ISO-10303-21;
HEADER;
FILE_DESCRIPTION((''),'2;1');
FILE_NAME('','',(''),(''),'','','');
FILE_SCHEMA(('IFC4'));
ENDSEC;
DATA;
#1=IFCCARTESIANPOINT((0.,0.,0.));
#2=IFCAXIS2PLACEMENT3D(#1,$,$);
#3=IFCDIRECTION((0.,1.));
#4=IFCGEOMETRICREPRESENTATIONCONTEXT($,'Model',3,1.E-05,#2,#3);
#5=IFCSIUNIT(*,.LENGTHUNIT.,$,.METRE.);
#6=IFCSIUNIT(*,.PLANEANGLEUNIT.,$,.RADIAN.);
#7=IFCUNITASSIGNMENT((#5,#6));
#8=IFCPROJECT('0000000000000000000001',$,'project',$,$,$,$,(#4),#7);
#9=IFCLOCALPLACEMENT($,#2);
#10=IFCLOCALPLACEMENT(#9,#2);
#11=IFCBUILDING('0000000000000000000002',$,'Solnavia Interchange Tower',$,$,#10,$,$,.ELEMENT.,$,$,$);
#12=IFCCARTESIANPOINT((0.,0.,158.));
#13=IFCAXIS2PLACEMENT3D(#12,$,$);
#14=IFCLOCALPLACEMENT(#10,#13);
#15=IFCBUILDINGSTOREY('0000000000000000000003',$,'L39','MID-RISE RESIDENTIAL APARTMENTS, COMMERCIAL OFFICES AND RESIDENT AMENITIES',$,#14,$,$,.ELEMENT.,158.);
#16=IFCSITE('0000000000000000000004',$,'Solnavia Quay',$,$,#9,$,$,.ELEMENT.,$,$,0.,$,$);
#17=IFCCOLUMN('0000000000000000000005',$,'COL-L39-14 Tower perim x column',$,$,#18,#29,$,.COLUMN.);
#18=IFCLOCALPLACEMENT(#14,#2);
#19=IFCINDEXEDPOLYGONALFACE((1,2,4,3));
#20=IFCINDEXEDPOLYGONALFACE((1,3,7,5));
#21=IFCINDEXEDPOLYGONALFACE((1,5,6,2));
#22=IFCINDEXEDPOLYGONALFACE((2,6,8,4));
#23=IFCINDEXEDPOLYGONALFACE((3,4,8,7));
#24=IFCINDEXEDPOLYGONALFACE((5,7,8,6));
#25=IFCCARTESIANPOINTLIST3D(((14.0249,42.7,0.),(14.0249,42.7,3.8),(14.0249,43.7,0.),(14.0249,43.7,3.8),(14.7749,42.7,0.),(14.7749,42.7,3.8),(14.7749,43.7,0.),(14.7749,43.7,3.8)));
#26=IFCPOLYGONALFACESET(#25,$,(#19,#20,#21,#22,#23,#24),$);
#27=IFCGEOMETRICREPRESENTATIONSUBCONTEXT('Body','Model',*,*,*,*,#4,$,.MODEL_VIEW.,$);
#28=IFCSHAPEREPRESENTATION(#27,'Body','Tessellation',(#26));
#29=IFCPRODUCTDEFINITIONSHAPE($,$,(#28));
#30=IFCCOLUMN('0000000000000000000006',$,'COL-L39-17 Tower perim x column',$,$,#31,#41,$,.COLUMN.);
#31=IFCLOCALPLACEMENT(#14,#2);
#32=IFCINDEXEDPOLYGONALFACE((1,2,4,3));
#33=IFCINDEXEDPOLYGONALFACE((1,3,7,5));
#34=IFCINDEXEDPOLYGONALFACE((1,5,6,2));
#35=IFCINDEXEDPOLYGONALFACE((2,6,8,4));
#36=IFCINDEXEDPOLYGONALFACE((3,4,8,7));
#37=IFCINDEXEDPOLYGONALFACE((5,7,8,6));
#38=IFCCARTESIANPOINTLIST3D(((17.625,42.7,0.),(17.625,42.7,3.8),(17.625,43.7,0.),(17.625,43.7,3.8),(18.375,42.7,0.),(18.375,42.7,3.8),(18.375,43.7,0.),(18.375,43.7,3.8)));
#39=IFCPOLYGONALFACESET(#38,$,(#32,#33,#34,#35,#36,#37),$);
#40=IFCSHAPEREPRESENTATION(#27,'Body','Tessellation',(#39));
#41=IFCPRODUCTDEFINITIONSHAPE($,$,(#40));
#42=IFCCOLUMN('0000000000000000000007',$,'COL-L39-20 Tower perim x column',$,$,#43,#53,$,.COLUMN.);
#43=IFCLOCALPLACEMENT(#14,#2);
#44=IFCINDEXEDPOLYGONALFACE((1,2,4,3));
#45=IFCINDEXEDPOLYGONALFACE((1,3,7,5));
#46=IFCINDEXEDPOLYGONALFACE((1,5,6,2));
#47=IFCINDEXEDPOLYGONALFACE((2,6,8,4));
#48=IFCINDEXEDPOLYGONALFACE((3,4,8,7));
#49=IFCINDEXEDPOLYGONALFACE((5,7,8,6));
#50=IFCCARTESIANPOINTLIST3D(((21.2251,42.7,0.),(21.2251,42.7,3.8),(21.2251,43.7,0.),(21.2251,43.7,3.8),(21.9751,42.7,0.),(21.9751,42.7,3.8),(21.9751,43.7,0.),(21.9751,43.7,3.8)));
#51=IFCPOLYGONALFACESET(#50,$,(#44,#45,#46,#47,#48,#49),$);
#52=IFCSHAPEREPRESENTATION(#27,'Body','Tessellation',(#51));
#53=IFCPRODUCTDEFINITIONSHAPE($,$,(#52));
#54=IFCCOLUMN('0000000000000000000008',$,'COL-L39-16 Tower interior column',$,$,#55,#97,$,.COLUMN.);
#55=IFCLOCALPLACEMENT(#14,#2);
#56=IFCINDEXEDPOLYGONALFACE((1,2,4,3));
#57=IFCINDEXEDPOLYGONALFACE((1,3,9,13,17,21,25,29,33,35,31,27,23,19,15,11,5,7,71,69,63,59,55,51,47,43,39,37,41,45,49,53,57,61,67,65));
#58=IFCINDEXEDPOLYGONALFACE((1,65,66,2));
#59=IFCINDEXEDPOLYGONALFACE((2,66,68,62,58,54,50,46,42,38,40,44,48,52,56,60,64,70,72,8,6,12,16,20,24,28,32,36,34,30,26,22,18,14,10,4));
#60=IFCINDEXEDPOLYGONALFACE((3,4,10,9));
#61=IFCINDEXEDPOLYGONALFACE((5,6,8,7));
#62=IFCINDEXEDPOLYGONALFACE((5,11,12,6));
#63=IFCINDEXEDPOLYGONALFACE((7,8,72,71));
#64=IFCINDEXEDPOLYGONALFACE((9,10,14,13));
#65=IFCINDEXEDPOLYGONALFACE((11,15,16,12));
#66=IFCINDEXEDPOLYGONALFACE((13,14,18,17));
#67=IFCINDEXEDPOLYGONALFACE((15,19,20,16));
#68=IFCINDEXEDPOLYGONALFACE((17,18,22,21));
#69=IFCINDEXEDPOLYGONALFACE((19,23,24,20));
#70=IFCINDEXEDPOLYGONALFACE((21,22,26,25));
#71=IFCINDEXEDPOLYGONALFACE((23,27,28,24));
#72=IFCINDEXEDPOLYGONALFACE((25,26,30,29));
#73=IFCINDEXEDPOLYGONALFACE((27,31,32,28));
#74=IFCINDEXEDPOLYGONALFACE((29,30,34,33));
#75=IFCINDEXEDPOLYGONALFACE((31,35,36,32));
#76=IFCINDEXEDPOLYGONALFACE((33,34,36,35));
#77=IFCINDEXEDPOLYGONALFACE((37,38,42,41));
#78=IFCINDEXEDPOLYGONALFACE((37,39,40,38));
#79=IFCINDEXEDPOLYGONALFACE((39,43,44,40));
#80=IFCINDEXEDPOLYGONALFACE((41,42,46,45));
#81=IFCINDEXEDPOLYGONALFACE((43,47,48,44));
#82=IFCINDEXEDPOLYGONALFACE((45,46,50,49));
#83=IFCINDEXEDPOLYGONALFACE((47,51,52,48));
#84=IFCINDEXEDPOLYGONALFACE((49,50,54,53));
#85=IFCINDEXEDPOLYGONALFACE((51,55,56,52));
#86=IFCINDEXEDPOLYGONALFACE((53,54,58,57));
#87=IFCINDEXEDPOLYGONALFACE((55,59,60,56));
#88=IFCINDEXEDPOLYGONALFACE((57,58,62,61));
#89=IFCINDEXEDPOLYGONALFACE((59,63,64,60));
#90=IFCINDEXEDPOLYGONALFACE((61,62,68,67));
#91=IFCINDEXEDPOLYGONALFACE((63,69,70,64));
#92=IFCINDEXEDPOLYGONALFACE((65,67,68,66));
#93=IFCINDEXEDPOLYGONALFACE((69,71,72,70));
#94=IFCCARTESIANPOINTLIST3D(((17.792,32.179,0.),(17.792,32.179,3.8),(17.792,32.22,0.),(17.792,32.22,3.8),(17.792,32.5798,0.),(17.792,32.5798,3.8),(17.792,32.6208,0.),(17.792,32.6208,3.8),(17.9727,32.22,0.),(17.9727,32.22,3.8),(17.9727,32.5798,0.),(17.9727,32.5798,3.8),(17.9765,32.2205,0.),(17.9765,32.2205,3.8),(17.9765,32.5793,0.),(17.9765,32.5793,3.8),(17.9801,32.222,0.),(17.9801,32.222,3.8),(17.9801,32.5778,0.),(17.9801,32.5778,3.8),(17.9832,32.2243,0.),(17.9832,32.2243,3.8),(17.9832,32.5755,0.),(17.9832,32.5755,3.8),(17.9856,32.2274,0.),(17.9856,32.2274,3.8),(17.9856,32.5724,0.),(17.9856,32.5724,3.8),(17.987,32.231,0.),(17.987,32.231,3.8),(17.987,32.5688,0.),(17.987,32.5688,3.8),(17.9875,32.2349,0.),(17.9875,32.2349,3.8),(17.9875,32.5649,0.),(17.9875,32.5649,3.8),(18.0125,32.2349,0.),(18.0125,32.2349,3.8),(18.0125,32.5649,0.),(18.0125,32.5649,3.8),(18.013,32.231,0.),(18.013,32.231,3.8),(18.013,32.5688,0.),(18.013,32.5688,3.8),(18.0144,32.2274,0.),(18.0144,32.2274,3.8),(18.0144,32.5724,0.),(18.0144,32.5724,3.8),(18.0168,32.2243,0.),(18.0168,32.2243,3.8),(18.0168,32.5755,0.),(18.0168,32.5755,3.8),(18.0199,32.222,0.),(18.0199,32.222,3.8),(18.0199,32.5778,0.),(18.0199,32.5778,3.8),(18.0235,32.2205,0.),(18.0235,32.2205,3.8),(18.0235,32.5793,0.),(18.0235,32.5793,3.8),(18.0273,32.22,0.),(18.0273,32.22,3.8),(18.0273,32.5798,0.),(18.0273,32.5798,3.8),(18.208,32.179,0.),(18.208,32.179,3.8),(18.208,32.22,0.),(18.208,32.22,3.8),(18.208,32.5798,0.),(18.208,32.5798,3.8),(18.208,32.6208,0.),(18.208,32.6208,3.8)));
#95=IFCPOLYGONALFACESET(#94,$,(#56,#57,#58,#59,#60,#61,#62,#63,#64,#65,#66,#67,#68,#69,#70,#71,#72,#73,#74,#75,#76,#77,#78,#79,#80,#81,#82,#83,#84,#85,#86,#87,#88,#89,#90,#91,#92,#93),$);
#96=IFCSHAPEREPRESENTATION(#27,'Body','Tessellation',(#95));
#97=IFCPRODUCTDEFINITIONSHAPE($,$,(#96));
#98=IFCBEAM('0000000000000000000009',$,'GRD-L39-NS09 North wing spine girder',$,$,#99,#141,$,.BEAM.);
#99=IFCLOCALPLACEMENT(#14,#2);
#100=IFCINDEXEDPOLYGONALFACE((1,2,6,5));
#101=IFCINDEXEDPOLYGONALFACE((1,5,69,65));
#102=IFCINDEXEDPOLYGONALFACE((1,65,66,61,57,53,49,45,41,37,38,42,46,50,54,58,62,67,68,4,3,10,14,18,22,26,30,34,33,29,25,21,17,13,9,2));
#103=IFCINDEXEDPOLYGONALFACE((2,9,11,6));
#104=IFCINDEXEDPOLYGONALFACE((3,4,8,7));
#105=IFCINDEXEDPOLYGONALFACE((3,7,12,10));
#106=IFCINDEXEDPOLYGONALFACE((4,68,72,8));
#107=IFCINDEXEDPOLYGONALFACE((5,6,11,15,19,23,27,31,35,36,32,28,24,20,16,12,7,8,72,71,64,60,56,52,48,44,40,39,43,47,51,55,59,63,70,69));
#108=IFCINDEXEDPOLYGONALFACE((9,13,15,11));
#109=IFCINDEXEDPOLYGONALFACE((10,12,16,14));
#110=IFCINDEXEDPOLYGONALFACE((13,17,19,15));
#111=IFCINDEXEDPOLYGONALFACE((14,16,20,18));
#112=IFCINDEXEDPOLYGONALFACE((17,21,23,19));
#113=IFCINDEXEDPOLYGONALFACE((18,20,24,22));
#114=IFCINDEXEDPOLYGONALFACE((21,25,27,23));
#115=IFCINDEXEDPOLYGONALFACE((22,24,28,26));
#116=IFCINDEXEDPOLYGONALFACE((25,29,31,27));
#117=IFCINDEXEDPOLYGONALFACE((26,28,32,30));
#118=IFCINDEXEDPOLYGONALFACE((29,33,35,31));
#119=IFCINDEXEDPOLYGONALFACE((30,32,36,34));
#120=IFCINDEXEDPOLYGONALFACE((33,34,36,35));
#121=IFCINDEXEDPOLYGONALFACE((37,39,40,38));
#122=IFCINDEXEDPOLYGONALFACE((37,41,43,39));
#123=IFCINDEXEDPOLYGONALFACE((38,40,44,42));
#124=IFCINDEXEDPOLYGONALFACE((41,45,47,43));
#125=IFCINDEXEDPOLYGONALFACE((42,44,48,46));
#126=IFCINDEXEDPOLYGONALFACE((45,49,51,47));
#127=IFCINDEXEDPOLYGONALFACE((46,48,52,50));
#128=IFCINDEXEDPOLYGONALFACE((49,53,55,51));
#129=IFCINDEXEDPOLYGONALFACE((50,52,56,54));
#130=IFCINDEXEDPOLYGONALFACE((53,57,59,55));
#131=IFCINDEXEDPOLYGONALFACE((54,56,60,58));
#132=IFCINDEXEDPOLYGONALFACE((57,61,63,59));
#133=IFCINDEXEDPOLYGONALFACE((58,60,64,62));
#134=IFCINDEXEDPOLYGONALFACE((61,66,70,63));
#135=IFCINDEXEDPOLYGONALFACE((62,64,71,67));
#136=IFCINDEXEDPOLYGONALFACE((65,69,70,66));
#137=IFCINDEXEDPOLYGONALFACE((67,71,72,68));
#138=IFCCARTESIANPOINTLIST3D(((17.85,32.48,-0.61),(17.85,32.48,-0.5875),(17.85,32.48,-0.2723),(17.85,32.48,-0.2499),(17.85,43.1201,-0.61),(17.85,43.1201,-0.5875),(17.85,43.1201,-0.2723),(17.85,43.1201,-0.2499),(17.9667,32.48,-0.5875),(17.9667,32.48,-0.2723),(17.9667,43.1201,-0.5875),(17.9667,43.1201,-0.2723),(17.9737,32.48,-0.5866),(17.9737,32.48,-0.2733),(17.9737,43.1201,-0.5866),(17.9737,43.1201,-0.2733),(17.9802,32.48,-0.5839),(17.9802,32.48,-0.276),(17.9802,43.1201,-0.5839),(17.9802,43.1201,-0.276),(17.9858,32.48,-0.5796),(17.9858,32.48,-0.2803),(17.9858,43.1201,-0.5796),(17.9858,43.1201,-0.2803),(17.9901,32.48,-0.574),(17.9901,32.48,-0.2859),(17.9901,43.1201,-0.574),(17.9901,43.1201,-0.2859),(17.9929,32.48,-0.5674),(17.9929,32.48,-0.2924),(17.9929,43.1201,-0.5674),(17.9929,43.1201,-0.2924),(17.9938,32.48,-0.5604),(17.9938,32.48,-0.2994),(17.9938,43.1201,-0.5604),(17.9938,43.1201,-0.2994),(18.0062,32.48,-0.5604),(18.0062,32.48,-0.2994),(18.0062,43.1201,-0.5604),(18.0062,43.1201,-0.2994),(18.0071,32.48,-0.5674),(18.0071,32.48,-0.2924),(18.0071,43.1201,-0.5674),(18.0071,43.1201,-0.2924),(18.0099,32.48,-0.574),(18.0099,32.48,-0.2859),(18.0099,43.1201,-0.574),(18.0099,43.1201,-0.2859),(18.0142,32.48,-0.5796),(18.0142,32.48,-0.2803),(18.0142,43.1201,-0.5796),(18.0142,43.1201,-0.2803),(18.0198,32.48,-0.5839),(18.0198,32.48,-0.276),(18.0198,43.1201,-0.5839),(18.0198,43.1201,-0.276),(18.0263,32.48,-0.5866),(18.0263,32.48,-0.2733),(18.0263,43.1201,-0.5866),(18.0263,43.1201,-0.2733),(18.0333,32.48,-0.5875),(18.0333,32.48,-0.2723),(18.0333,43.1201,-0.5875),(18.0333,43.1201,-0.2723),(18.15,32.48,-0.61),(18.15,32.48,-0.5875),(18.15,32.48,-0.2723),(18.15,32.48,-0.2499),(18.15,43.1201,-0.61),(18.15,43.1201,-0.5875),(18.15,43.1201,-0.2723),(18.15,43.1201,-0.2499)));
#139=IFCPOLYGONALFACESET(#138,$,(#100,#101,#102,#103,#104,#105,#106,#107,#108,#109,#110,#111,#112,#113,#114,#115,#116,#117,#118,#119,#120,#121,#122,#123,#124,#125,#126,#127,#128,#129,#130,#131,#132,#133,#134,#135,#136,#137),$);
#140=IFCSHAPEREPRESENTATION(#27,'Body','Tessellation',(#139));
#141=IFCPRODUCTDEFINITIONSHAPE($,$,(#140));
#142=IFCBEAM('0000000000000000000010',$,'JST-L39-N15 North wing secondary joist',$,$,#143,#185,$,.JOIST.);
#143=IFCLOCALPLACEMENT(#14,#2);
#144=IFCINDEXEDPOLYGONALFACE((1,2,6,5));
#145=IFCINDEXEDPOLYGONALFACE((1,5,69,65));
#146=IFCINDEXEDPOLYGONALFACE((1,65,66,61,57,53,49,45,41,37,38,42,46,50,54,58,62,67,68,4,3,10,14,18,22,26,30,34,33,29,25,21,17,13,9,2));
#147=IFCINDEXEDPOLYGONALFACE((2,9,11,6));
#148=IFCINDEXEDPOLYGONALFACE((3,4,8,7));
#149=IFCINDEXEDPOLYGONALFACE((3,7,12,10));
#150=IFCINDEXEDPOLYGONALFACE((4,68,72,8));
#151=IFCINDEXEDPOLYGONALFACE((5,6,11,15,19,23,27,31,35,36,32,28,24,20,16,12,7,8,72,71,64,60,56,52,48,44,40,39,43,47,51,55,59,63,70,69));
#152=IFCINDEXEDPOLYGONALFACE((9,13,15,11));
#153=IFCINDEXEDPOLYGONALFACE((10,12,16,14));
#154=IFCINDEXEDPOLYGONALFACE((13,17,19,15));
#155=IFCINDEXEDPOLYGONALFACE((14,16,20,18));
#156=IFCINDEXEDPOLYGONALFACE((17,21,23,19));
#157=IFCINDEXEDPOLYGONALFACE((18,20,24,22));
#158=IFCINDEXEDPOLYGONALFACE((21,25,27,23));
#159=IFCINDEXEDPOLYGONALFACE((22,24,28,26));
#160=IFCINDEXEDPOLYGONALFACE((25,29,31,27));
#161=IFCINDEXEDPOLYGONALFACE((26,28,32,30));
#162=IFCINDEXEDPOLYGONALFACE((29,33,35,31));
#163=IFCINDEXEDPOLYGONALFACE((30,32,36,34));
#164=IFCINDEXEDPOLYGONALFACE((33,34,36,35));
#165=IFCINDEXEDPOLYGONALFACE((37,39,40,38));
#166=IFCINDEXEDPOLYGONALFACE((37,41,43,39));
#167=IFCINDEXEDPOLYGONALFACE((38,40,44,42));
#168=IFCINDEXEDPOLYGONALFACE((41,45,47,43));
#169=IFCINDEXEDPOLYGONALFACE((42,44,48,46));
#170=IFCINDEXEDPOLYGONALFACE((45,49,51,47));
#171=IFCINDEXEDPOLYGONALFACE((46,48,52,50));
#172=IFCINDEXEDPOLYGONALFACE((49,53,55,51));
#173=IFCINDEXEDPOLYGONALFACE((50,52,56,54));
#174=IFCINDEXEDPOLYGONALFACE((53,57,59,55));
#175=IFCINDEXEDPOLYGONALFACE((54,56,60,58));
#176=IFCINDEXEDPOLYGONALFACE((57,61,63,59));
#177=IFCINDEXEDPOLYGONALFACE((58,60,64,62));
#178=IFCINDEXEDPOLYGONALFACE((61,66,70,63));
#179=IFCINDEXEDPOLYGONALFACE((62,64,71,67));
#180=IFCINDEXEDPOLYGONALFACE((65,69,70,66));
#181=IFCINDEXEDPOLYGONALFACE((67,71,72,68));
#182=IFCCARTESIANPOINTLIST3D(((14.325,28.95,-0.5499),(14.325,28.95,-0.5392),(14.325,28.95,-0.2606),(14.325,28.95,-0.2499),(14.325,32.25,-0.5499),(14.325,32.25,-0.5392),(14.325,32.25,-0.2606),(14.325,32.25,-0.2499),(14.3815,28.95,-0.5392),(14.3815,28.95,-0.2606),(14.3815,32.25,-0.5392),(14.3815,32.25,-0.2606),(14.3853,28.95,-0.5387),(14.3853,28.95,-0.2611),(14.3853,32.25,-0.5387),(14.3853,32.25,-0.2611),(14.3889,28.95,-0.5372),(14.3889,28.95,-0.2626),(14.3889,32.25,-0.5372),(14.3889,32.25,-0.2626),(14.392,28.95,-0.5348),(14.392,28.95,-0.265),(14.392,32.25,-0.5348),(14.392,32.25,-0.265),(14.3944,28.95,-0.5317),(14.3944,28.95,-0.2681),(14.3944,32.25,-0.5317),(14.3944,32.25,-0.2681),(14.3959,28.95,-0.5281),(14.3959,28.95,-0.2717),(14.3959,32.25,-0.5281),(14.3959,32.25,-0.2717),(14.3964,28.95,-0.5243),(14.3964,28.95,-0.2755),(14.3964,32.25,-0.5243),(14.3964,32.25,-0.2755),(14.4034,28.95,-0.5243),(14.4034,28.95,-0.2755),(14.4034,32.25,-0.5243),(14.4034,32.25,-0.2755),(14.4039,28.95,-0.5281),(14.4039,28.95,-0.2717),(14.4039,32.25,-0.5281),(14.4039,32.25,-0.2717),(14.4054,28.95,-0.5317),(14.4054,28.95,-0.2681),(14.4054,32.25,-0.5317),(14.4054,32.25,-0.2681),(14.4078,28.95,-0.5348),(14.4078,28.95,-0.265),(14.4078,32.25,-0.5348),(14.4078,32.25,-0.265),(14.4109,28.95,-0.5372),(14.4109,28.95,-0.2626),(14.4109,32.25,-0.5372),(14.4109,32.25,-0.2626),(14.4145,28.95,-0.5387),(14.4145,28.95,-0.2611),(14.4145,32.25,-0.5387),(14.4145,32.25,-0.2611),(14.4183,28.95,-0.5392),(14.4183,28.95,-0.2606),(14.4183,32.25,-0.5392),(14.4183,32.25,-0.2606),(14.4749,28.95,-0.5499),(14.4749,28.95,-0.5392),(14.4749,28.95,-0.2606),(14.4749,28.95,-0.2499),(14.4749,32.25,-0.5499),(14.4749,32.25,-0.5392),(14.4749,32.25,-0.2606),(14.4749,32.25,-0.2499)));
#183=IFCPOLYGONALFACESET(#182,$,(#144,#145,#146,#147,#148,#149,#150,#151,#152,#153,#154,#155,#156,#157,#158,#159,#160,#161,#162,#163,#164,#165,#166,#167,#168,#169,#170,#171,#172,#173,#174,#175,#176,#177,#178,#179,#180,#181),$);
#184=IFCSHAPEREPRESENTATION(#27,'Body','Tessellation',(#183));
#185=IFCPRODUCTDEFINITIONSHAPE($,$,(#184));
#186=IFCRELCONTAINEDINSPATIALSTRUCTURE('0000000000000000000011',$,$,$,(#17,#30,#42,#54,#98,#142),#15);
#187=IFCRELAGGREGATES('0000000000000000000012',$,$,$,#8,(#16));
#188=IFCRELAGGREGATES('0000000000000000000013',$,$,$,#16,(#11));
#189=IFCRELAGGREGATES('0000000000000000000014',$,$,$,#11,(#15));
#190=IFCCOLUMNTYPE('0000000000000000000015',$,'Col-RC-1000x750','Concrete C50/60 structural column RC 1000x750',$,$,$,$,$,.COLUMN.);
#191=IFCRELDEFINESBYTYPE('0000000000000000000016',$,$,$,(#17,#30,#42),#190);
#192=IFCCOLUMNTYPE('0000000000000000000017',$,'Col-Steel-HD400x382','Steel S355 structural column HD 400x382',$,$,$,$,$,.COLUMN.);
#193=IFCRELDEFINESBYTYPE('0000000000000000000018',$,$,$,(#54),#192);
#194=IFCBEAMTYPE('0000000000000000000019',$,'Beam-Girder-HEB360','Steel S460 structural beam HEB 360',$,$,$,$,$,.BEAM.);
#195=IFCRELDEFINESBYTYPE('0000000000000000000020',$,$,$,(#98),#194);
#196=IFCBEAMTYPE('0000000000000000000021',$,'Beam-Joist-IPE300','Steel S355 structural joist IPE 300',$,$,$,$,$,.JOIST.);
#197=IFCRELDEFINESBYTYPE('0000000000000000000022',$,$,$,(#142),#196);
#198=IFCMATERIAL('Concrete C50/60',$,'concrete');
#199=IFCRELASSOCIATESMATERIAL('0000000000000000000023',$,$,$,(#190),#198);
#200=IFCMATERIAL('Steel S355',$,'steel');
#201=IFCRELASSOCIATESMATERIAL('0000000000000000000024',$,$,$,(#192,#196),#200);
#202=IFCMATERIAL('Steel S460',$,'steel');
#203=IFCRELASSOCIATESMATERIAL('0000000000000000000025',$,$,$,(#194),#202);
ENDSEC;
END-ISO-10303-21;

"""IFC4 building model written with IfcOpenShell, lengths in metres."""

from ifc_helpers import new_model, si_unit, direction, frame, origin, origin_2d, place, context, subcontext, project, spatial, rectangle, i_section, extrude, material, material_profile, profile_set, type_object, element, save


model = new_model("IFC4")

# Units and contexts
model_context = context("Model", 3, precision=1e-05, world=origin(), true_north=direction((0.0, 1.0)))
body_context = subcontext(model_context, "Body", "Model", "MODEL_VIEW")
ifc_project = project(units=[si_unit("LENGTHUNIT", "METRE"), si_unit("PLANEANGLEUNIT", "RADIAN")], contexts=[model_context])

# Site, building, storey
site_placement = place(None, origin())
site = spatial("IfcSite", under=ifc_project, at=site_placement, Name="Solnavia Quay", CompositionType="ELEMENT", RefElevation=0.0)
building_placement = place(site_placement, origin())
building = spatial("IfcBuilding", under=site, at=building_placement, Name="Solnavia Interchange Tower", CompositionType="ELEMENT")
storey_placement = place(building_placement, frame((0.0, 0.0, 158.0)))
storey = spatial("IfcBuildingStorey", under=building, at=storey_placement, Name="L39", Description="MID-RISE RESIDENTIAL APARTMENTS, COMMERCIAL OFFICES AND RESIDENT AMENITIES", CompositionType="ELEMENT", Elevation=158.0)

# Columns
ifc_material_1 = material(Name="Concrete C50/60", Category="concrete")
ifc_material_profile_1 = material_profile(ifc_material_1, rectangle(XDim=0.75, YDim=1.0, at=origin_2d()), Name="RC 1000x750")
ifc_profile_set_1 = profile_set([ifc_material_profile_1], Name="Concrete C50/60")
column_type_1 = type_object("IfcColumnType", Name="Col-RC-1000x750", Description="Concrete C50/60 structural column RC 1000x750", PredefinedType="COLUMN", material=ifc_profile_set_1)
for number, where, z_axis, x_axis, name in (
    (1, (14.3999, 43.2, 0.0), (0.0, 0.0, 1.0), (1.0, 0.0, 0.0), "COL-L39-14 Tower perim x column"),
    (2, (18.0, 43.2, 0.0), (0.0, 0.0, 1.0), (1.0, 0.0, 0.0), "COL-L39-17 Tower perim x column"),
    (3, (21.6001, 43.2, 0.0), (0.0, 0.0, 1.0), (1.0, 0.0, 0.0), "COL-L39-20 Tower perim x column"),
):
    element("IfcColumn", number, at=place(storey_placement, frame(where, z_axis=z_axis, x_axis=x_axis)), inside=storey, type_object=column_type_1, Name=name, PredefinedType="COLUMN", context=body_context, shape_type="SweptSolid", body=[
        extrude(rectangle(XDim=0.75, YDim=1.0, at=origin_2d()), origin(), (0.0, 0.0, 1.0), 3.8),
    ])
ifc_material_2 = material(Name="Steel S355", Category="steel")
ifc_material_profile_2 = material_profile(ifc_material_2, i_section(OverallWidth=0.416, OverallDepth=0.4419, WebThickness=0.0249, FlangeThickness=0.041, FilletRadius=0.0149, at=origin_2d()), Name="HD 400x382")
ifc_profile_set_2 = profile_set([ifc_material_profile_2], Name="Steel S355")
column_type_2 = type_object("IfcColumnType", Name="Col-Steel-HD400x382", Description="Steel S355 structural column HD 400x382", PredefinedType="COLUMN", material=ifc_profile_set_2)
column_placement = place(storey_placement, frame((18.0, 32.3999, 0.0), z_axis=(0.0, 0.0, 1.0), x_axis=(1.0, 0.0, 0.0)))
element("IfcColumn", 4, at=column_placement, inside=storey, type_object=column_type_2, Name="COL-L39-16 Tower interior column", PredefinedType="COLUMN", context=body_context, shape_type="SweptSolid", body=[
    extrude(i_section(OverallWidth=0.416, OverallDepth=0.4419, WebThickness=0.0249, FlangeThickness=0.041, FilletRadius=0.0149, at=origin_2d()), origin(), (0.0, 0.0, 1.0), 3.8),
])

# Beams
ifc_material_3 = material(Name="Steel S460", Category="steel")
ifc_material_profile_3 = material_profile(ifc_material_3, i_section(OverallWidth=0.3, OverallDepth=0.3601, WebThickness=0.0125, FlangeThickness=0.0225, FilletRadius=0.0271, at=origin_2d()), Name="HEB 360")
ifc_profile_set_3 = profile_set([ifc_material_profile_3], Name="Steel S460")
beam_type_1 = type_object("IfcBeamType", Name="Beam-Girder-HEB360", Description="Steel S460 structural beam HEB 360", PredefinedType="BEAM", material=ifc_profile_set_3)
beam_1_placement = place(storey_placement, frame((18.0, 32.48, -0.4299), z_axis=(0.0, 1.0, 0.0), x_axis=(-1.0, 0.0, 0.0)))
element("IfcBeam", 5, at=beam_1_placement, inside=storey, type_object=beam_type_1, Name="GRD-L39-NS09 North wing spine girder", PredefinedType="BEAM", context=body_context, shape_type="SweptSolid", body=[
    extrude(i_section(OverallWidth=0.3, OverallDepth=0.3601, WebThickness=0.0125, FlangeThickness=0.0225, FilletRadius=0.0271, at=origin_2d()), origin(), (0.0, 0.0, 1.0), 10.6401),
])
ifc_material_profile_4 = material_profile(ifc_material_2, i_section(OverallWidth=0.1499, OverallDepth=0.3, WebThickness=0.0071, FlangeThickness=0.0107, FilletRadius=0.0149, at=origin_2d()), Name="IPE 300")
ifc_profile_set_4 = profile_set([ifc_material_profile_4], Name="Steel S355")
beam_type_2 = type_object("IfcBeamType", Name="Beam-Joist-IPE300", Description="Steel S355 structural joist IPE 300", PredefinedType="JOIST", material=ifc_profile_set_4)
for number, where, z_axis, x_axis, name in (
    (6, (14.3999, 28.95, -0.3999), (0.0, 1.0, 0.0), (-1.0, 0.0, 0.0), "JST-L39-N15 North wing secondary joist"),
):
    element("IfcBeam", number, at=place(storey_placement, frame(where, z_axis=z_axis, x_axis=x_axis)), inside=storey, type_object=beam_type_2, Name=name, PredefinedType="JOIST", context=body_context, shape_type="SweptSolid", body=[
        extrude(i_section(OverallWidth=0.1499, OverallDepth=0.3, WebThickness=0.0071, FlangeThickness=0.0107, FilletRadius=0.0149, at=origin_2d()), origin(), (0.0, 0.0, 1.0), 3.3),
    ])

save(model, "model.ifc")
